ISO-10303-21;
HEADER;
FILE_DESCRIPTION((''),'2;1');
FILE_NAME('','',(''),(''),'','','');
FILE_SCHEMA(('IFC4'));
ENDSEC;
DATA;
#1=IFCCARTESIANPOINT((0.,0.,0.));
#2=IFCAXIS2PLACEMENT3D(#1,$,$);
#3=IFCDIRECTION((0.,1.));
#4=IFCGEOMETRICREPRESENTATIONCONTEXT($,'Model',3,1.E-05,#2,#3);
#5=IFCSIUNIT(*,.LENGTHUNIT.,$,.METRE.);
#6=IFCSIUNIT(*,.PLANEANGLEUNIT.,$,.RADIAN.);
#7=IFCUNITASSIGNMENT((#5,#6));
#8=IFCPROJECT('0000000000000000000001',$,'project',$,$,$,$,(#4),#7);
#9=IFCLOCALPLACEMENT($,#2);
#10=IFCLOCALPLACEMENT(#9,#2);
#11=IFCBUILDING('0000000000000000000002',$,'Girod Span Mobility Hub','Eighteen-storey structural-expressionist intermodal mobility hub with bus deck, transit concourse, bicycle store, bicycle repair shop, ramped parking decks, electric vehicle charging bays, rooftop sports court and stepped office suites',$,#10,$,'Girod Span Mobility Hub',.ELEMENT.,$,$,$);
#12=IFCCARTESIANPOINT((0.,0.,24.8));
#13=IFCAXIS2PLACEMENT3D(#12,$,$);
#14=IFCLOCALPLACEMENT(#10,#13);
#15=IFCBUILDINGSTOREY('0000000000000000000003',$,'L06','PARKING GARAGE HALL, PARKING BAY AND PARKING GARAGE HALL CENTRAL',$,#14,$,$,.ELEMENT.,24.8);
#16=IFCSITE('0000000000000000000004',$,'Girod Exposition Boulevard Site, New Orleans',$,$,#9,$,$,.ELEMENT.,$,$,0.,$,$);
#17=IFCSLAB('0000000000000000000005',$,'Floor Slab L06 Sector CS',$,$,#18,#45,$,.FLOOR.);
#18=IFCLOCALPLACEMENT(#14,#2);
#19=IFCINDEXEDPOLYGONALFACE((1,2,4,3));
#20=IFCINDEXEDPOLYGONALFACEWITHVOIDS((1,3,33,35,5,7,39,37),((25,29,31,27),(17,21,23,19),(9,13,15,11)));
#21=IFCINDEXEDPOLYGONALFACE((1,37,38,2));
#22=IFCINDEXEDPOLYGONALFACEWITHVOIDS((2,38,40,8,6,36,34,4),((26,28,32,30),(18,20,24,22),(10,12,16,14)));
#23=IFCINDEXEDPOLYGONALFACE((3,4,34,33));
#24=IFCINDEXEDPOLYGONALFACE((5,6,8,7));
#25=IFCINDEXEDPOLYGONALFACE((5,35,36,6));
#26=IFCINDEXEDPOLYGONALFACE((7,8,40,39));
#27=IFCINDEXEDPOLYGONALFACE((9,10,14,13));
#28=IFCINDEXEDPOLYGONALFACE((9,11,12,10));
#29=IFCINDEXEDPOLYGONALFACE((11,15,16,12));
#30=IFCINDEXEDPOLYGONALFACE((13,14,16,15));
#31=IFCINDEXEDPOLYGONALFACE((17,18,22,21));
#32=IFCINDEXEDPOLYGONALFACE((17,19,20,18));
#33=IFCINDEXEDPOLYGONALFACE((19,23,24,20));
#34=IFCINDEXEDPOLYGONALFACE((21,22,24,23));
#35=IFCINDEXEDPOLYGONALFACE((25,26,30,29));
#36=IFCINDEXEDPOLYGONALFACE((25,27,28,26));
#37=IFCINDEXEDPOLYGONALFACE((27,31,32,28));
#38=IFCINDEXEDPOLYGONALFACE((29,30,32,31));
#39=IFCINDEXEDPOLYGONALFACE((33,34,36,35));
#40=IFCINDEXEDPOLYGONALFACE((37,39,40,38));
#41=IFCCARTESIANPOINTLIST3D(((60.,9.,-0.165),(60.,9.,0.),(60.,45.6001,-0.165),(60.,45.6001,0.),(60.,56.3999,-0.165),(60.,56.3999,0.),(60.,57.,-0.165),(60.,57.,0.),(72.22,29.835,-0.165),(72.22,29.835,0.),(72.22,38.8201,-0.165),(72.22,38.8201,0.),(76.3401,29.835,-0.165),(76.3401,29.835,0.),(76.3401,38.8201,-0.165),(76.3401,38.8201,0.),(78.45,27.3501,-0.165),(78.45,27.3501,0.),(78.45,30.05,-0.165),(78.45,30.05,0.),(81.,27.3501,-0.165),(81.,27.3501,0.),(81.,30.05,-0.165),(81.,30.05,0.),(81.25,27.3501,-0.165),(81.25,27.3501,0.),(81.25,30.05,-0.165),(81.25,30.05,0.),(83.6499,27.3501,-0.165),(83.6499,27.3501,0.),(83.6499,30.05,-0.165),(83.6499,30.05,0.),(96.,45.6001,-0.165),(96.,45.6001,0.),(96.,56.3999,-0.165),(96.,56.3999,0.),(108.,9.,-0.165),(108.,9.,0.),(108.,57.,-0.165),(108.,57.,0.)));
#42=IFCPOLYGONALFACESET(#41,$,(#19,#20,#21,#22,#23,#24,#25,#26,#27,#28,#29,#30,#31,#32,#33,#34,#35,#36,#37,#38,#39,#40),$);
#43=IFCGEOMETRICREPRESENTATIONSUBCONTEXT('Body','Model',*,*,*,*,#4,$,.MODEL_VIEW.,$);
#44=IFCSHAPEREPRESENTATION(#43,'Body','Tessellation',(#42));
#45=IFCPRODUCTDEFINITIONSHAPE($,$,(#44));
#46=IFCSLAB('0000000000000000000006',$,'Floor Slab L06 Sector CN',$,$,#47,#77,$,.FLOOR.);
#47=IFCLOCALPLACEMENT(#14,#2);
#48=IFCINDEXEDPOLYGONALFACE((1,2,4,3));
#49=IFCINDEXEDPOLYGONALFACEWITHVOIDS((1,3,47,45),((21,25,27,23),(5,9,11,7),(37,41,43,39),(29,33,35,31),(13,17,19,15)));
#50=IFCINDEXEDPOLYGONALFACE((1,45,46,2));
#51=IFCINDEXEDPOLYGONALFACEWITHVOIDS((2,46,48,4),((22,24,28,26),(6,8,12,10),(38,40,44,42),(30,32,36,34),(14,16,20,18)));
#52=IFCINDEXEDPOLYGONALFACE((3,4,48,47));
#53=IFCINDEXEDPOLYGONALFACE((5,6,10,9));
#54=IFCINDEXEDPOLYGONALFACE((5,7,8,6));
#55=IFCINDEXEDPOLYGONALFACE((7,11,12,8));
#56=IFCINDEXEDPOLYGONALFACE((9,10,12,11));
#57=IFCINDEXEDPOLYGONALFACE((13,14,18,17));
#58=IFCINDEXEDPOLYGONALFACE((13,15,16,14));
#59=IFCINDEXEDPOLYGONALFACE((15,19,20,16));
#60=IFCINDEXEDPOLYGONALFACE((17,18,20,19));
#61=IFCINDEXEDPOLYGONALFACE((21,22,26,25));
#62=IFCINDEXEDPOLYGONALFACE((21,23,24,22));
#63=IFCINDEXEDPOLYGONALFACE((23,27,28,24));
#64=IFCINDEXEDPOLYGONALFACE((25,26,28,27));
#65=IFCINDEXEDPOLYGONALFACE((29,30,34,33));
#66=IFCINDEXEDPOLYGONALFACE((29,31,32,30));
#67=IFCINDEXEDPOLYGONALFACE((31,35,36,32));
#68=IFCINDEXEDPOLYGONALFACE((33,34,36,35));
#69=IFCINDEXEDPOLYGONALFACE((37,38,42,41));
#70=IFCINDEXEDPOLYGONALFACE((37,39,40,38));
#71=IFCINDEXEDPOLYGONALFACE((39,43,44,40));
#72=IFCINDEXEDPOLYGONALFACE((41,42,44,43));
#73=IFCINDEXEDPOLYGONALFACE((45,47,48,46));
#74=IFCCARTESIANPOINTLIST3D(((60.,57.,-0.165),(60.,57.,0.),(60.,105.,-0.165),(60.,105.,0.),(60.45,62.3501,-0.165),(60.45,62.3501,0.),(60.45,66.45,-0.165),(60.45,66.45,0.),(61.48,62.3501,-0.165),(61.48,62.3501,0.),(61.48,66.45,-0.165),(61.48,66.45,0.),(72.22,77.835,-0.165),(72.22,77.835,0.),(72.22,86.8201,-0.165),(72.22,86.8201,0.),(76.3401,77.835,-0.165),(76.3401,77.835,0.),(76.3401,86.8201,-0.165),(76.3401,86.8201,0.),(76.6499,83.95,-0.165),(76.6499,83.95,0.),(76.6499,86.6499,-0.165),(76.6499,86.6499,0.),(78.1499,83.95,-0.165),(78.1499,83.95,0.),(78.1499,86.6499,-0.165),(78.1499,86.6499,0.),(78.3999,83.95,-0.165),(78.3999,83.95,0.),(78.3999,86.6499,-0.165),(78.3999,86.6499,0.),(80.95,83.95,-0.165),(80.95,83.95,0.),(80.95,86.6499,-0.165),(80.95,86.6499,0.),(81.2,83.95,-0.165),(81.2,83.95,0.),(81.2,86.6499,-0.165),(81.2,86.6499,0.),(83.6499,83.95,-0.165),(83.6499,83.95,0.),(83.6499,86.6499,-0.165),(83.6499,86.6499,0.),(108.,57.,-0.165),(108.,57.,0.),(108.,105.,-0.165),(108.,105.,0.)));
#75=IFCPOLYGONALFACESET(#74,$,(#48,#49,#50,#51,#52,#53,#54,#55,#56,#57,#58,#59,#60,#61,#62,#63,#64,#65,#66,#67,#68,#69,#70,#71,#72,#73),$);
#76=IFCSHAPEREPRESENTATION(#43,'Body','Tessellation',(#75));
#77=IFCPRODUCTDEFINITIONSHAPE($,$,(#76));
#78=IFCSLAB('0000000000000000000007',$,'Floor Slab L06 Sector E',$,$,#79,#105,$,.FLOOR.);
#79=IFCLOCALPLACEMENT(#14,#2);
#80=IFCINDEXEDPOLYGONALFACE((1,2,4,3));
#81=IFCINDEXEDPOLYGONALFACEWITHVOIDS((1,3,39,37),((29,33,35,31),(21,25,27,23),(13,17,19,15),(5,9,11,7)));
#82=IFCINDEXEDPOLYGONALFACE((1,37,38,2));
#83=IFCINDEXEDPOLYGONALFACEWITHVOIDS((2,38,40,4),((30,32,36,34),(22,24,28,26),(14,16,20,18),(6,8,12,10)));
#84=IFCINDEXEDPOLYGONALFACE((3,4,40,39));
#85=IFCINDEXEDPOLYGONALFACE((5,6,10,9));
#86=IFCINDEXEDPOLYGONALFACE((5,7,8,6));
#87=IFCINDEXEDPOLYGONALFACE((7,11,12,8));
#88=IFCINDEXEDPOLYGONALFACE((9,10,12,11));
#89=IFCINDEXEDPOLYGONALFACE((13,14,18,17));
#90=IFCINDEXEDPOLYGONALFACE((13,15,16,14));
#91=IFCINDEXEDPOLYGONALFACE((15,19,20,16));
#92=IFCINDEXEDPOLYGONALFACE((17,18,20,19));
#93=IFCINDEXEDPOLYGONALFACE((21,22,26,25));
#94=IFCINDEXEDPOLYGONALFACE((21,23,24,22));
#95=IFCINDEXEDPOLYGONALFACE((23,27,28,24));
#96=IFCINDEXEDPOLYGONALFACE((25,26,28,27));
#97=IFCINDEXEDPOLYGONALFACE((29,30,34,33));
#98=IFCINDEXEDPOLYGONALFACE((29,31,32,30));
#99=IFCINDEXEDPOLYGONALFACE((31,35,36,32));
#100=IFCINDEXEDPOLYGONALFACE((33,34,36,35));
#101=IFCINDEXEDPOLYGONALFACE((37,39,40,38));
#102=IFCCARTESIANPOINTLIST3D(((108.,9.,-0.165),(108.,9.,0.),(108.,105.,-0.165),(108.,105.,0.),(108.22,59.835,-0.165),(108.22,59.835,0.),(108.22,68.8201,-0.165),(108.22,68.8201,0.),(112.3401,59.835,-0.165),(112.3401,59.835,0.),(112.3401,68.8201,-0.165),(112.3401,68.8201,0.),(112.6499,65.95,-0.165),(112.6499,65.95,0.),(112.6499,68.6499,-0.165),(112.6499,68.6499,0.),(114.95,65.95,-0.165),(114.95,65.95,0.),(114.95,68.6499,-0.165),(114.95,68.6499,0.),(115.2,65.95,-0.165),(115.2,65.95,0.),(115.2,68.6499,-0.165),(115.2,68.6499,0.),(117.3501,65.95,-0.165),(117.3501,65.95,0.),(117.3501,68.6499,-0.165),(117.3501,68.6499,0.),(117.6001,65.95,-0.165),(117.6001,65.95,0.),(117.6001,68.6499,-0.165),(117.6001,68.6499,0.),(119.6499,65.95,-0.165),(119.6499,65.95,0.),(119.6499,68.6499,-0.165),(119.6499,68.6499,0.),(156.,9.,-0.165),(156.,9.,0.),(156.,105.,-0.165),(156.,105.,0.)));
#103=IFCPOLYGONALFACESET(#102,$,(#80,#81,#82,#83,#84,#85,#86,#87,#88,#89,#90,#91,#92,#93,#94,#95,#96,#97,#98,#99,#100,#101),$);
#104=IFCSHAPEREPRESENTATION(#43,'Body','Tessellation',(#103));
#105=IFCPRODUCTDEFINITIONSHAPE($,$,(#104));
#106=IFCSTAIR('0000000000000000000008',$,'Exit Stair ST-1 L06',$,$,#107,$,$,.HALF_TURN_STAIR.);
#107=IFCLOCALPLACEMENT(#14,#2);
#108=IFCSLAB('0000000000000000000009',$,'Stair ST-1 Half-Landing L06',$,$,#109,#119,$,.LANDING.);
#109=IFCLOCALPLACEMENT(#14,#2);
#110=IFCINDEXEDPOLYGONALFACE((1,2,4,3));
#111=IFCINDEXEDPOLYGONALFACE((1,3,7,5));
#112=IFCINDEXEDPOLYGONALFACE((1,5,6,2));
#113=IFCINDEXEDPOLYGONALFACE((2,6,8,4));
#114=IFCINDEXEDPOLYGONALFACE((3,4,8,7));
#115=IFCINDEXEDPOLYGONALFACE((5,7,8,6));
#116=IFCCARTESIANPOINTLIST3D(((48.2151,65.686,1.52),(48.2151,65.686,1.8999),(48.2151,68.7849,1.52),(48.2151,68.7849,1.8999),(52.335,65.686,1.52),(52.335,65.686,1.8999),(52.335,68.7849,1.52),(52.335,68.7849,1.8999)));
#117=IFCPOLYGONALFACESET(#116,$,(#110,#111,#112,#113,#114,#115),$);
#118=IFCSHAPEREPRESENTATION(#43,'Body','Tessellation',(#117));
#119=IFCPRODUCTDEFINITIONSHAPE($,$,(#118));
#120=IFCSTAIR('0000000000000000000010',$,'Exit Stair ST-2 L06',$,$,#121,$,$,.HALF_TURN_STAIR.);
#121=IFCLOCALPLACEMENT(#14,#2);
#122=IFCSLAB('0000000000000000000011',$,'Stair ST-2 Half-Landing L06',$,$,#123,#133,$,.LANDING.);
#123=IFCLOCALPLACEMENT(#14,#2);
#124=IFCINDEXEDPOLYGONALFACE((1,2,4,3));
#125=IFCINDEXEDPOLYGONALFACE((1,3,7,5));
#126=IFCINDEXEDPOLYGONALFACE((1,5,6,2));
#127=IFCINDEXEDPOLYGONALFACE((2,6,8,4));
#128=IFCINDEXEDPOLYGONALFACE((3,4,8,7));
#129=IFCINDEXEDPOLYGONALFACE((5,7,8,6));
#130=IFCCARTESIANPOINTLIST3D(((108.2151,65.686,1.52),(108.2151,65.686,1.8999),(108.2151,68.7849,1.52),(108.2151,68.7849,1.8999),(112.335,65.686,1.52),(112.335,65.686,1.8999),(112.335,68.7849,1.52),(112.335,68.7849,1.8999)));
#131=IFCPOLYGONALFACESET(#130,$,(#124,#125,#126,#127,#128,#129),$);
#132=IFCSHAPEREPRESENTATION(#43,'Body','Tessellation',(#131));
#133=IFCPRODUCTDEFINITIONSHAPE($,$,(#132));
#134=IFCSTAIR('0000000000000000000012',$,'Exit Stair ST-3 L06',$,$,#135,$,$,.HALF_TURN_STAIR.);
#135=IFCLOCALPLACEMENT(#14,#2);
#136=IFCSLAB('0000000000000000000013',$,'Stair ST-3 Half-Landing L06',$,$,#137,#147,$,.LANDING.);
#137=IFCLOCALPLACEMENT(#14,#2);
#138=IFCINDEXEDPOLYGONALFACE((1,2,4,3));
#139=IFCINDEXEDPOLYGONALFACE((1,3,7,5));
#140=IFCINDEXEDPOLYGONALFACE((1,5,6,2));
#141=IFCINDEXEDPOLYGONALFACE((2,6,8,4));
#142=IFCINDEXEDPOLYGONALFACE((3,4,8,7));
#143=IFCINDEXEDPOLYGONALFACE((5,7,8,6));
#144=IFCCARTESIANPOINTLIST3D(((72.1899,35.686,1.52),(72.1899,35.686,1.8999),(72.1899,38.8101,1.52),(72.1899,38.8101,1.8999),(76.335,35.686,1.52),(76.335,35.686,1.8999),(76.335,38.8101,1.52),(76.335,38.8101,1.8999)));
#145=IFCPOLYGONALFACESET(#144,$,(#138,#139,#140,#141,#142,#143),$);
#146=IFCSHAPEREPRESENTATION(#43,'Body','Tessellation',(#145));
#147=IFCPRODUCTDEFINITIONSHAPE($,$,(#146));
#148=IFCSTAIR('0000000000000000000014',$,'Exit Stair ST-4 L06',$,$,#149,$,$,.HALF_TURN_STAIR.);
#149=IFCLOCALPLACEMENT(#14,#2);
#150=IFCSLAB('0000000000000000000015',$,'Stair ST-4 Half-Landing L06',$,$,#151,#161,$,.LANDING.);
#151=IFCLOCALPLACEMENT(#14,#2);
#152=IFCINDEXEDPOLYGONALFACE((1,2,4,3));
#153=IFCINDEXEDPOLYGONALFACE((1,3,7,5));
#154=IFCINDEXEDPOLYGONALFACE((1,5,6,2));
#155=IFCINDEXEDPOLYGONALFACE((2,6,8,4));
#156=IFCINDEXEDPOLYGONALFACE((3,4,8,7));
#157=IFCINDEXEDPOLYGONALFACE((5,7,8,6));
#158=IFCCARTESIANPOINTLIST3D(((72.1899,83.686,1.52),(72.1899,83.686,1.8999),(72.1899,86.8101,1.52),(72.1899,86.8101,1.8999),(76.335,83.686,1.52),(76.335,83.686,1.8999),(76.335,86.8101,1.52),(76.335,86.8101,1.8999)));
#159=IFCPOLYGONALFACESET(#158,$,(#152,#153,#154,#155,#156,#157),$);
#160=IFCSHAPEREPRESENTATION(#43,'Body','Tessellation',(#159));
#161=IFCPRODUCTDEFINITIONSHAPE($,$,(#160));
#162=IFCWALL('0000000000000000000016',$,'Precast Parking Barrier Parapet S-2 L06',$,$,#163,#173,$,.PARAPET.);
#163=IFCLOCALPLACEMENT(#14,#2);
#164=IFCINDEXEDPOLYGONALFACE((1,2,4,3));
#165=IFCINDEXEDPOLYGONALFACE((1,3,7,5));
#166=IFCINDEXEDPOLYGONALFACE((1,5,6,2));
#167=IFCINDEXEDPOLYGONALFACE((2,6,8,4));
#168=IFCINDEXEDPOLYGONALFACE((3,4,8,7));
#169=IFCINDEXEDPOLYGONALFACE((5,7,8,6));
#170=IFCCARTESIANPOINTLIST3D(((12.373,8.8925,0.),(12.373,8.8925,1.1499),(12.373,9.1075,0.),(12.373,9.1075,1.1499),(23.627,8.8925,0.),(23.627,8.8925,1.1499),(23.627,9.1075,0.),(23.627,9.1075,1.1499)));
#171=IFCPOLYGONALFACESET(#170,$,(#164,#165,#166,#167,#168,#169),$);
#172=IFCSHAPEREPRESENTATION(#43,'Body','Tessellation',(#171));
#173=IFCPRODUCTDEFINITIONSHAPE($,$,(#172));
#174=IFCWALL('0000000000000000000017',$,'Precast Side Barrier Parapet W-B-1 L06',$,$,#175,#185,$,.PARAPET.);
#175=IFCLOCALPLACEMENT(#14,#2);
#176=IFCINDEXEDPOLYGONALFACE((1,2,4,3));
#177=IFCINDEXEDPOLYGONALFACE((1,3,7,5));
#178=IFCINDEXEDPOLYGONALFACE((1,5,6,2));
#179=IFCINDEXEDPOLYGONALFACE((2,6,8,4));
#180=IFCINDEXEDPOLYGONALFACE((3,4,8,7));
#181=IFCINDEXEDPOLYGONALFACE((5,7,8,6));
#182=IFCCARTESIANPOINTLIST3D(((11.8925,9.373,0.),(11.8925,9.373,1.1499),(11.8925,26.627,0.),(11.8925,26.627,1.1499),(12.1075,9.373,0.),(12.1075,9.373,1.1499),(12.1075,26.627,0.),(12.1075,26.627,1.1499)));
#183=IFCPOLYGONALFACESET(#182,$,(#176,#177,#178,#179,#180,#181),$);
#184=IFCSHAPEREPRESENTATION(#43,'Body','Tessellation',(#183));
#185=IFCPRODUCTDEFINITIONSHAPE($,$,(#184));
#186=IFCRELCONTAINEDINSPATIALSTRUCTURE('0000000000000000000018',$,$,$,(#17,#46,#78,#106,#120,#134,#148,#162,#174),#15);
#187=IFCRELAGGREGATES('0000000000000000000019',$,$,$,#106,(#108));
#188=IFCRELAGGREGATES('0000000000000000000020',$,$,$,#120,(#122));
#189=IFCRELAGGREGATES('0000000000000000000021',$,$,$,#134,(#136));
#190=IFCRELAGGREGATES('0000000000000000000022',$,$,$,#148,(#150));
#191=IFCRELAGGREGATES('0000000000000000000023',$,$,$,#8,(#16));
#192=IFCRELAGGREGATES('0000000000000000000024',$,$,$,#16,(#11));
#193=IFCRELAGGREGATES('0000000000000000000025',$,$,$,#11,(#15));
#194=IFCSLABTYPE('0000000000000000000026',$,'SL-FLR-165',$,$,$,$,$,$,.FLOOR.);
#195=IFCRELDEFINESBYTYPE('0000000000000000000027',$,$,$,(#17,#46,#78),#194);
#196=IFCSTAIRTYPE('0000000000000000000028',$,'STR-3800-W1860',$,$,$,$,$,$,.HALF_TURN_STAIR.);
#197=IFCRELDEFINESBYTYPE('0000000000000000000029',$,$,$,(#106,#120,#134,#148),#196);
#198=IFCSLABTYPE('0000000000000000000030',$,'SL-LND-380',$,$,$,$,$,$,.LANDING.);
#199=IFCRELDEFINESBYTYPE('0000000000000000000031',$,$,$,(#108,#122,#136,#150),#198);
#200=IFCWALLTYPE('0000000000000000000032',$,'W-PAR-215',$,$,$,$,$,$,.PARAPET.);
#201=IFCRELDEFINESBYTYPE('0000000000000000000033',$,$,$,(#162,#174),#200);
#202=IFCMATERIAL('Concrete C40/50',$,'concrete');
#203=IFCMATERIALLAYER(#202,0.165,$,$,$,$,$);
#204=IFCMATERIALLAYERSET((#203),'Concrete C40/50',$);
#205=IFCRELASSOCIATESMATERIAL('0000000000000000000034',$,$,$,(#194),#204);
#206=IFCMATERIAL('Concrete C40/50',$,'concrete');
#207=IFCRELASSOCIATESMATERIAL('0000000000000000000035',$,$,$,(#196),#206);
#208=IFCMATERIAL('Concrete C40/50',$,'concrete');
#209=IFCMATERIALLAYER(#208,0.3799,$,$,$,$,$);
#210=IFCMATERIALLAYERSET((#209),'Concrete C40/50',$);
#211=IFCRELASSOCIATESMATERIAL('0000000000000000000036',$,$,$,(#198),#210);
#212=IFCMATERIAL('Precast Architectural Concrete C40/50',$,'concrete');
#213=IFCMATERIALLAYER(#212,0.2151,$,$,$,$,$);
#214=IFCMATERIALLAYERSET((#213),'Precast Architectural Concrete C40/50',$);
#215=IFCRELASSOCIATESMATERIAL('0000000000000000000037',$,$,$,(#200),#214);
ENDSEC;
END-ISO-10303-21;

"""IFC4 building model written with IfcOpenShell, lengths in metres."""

from ifc_helpers import new_model, si_unit, direction, frame, frame_2d, origin, place, context, subcontext, project, spatial, polyline, rectangle, outline, extrude, material, layer, layer_set, type_object, element, aggregate, save


model = new_model("IFC4")

# Units and contexts
model_context = context("Model", 3, precision=1e-05, world=origin(), true_north=direction((0.0, 1.0)))
body_context = subcontext(model_context, "Body", "Model", "MODEL_VIEW")
ifc_project = project(units=[si_unit("LENGTHUNIT", "METRE"), si_unit("PLANEANGLEUNIT", "RADIAN")], contexts=[model_context])

# Site, building, storey
site_placement = place(None, origin())
site = spatial("IfcSite", under=ifc_project, at=site_placement, Name="Girod Exposition Boulevard Site, New Orleans", CompositionType="ELEMENT", RefElevation=0.0)
building_placement = place(site_placement, origin())
building = spatial("IfcBuilding", under=site, at=building_placement, Name="Girod Span Mobility Hub", Description="Eighteen-storey structural-expressionist intermodal mobility hub with bus deck, transit concourse, bicycle store, bicycle repair shop, ramped parking decks, electric vehicle charging bays, rooftop sports court and stepped office suites", LongName="Girod Span Mobility Hub", CompositionType="ELEMENT")
storey_placement = place(building_placement, frame((0.0, 0.0, 24.8)))
storey = spatial("IfcBuildingStorey", under=building, at=storey_placement, Name="L06", Description="PARKING GARAGE HALL, PARKING BAY AND PARKING GARAGE HALL CENTRAL", CompositionType="ELEMENT", Elevation=24.8)

# Slabs
ifc_material_1 = material(Name="Concrete C40/50", Category="concrete")
ifc_layer_1 = layer(ifc_material_1, 0.165)
ifc_layer_set_1 = layer_set([ifc_layer_1], Name="Concrete C40/50")
slab_type_1 = type_object("IfcSlabType", Name="SL-FLR-165", PredefinedType="FLOOR", material=ifc_layer_set_1)
slab_1_placement = place(storey_placement, frame((0.0, 0.0, -0.165)))
element("IfcSlab", 1, at=slab_1_placement, inside=storey, type_object=slab_type_1, Name="Floor Slab L06 Sector CS", PredefinedType="FLOOR", context=body_context, shape_type="SweptSolid", body=[
    extrude(outline(polyline([(60.0, 9.0), (60.0, 45.6001), (96.0, 45.6001), (96.0, 56.3999), (60.0, 56.3999), (60.0, 57.0), (108.0, 57.0), (108.0, 9.0), (60.0, 9.0)]), holes=[polyline([(72.22, 38.8201), (72.22, 29.835), (76.3401, 29.835), (76.3401, 38.8201), (72.22, 38.8201)]), polyline([(78.45, 30.05), (78.45, 27.3501), (81.0, 27.3501), (81.0, 30.05), (78.45, 30.05)]), polyline([(81.25, 30.05), (81.25, 27.3501), (83.6499, 27.3501), (83.6499, 30.05), (81.25, 30.05)])]), origin(), (0.0, 0.0, 1.0), 0.165),
])
slab_2_placement = place(storey_placement, frame((0.0, 0.0, -0.165)))
element("IfcSlab", 2, at=slab_2_placement, inside=storey, type_object=slab_type_1, Name="Floor Slab L06 Sector CN", PredefinedType="FLOOR", context=body_context, shape_type="SweptSolid", body=[
    extrude(outline(polyline([(108.0, 105.0), (108.0, 57.0), (60.0, 57.0), (60.0, 105.0), (108.0, 105.0)]), holes=[polyline([(60.45, 66.45), (60.45, 62.3501), (61.48, 62.3501), (61.48, 66.45), (60.45, 66.45)]), polyline([(72.22, 86.8201), (72.22, 77.835), (76.3401, 77.835), (76.3401, 86.8201), (72.22, 86.8201)]), polyline([(76.6499, 86.6499), (76.6499, 83.95), (78.1499, 83.95), (78.1499, 86.6499), (76.6499, 86.6499)]), polyline([(80.95, 86.6499), (78.3999, 86.6499), (78.3999, 83.95), (80.95, 83.95), (80.95, 86.6499)]), polyline([(83.6499, 86.6499), (81.2, 86.6499), (81.2, 83.95), (83.6499, 83.95), (83.6499, 86.6499)])]), origin(), (0.0, 0.0, 1.0), 0.165),
])
slab_3_placement = place(storey_placement, frame((0.0, 0.0, -0.165)))
element("IfcSlab", 3, at=slab_3_placement, inside=storey, type_object=slab_type_1, Name="Floor Slab L06 Sector E", PredefinedType="FLOOR", context=body_context, shape_type="SweptSolid", body=[
    extrude(outline(polyline([(156.0, 105.0), (156.0, 9.0), (108.0, 9.0), (108.0, 105.0), (156.0, 105.0)]), holes=[polyline([(108.22, 68.8201), (108.22, 59.835), (112.3401, 59.835), (112.3401, 68.8201), (108.22, 68.8201)]), polyline([(112.6499, 68.6499), (112.6499, 65.95), (114.95, 65.95), (114.95, 68.6499), (112.6499, 68.6499)]), polyline([(115.2, 68.6499), (115.2, 65.95), (117.3501, 65.95), (117.3501, 68.6499), (115.2, 68.6499)]), polyline([(117.6001, 68.6499), (117.6001, 65.95), (119.6499, 65.95), (119.6499, 68.6499), (117.6001, 68.6499)])]), origin(), (0.0, 0.0, 1.0), 0.165),
])

# Stairs, slabs
ifc_material_2 = material(Name="Concrete C40/50", Category="concrete")
stair_type = type_object("IfcStairType", Name="STR-3800-W1860", PredefinedType="HALF_TURN_STAIR", material=ifc_material_2)
stair_1_placement = place(storey_placement, origin())
stair_1 = element("IfcStair", 4, at=stair_1_placement, inside=storey, type_object=stair_type, Name="Exit Stair ST-1 L06", PredefinedType="HALF_TURN_STAIR")
ifc_material_3 = material(Name="Concrete C40/50", Category="concrete")
ifc_layer_2 = layer(ifc_material_3, 0.3799)
ifc_layer_set_2 = layer_set([ifc_layer_2], Name="Concrete C40/50")
slab_type_2 = type_object("IfcSlabType", Name="SL-LND-380", PredefinedType="LANDING", material=ifc_layer_set_2)
slab_4_placement = place(storey_placement, frame((0.0, 0.0, 1.52)))
slab_4 = element("IfcSlab", 5, at=slab_4_placement, type_object=slab_type_2, Name="Stair ST-1 Half-Landing L06", PredefinedType="LANDING", context=body_context, shape_type="SweptSolid", body=[
    extrude(outline(polyline([(52.335, 65.686), (52.335, 68.7849), (48.2151, 68.7849), (48.2151, 65.686), (52.335, 65.686)])), origin(), (0.0, 0.0, 1.0), 0.3799),
])
aggregate(stair_1, [slab_4])
stair_2_placement = place(storey_placement, origin())
stair_2 = element("IfcStair", 6, at=stair_2_placement, inside=storey, type_object=stair_type, Name="Exit Stair ST-2 L06", PredefinedType="HALF_TURN_STAIR")
slab_5_placement = place(storey_placement, frame((0.0, 0.0, 1.52)))
slab_5 = element("IfcSlab", 7, at=slab_5_placement, type_object=slab_type_2, Name="Stair ST-2 Half-Landing L06", PredefinedType="LANDING", context=body_context, shape_type="SweptSolid", body=[
    extrude(outline(polyline([(112.335, 65.686), (112.335, 68.7849), (108.2151, 68.7849), (108.2151, 65.686), (112.335, 65.686)])), origin(), (0.0, 0.0, 1.0), 0.3799),
])
aggregate(stair_2, [slab_5])
stair_3_placement = place(storey_placement, origin())
stair_3 = element("IfcStair", 8, at=stair_3_placement, inside=storey, type_object=stair_type, Name="Exit Stair ST-3 L06", PredefinedType="HALF_TURN_STAIR")
slab_6_placement = place(storey_placement, frame((0.0, 0.0, 1.52)))
slab_6 = element("IfcSlab", 9, at=slab_6_placement, type_object=slab_type_2, Name="Stair ST-3 Half-Landing L06", PredefinedType="LANDING", context=body_context, shape_type="SweptSolid", body=[
    extrude(outline(polyline([(76.335, 35.686), (76.335, 38.8101), (72.1899, 38.8101), (72.1899, 35.686), (76.335, 35.686)])), origin(), (0.0, 0.0, 1.0), 0.3799),
])
aggregate(stair_3, [slab_6])
stair_4_placement = place(storey_placement, origin())
stair_4 = element("IfcStair", 10, at=stair_4_placement, inside=storey, type_object=stair_type, Name="Exit Stair ST-4 L06", PredefinedType="HALF_TURN_STAIR")
slab_7_placement = place(storey_placement, frame((0.0, 0.0, 1.52)))
slab_7 = element("IfcSlab", 11, at=slab_7_placement, type_object=slab_type_2, Name="Stair ST-4 Half-Landing L06", PredefinedType="LANDING", context=body_context, shape_type="SweptSolid", body=[
    extrude(outline(polyline([(76.335, 83.686), (76.335, 86.8101), (72.1899, 86.8101), (72.1899, 83.686), (76.335, 83.686)])), origin(), (0.0, 0.0, 1.0), 0.3799),
])
aggregate(stair_4, [slab_7])

# Walls
ifc_material_4 = material(Name="Precast Architectural Concrete C40/50", Category="concrete")
ifc_layer_3 = layer(ifc_material_4, 0.2151)
ifc_layer_set_3 = layer_set([ifc_layer_3], Name="Precast Architectural Concrete C40/50")
wall_type = type_object("IfcWallType", Name="W-PAR-215", PredefinedType="PARAPET", material=ifc_layer_set_3)
wall_1_placement = place(storey_placement, frame((12.373, 9.0, 0.0), z_axis=(0.0, 0.0, 1.0), x_axis=(1.0, 0.0, 0.0)))
element("IfcWall", 12, at=wall_1_placement, inside=storey, type_object=wall_type, Name="Precast Parking Barrier Parapet S-2 L06", PredefinedType="PARAPET", context=body_context, shape_type="SweptSolid", body=[
    extrude(rectangle(XDim=11.2539, YDim=0.2151, at=frame_2d((5.627, 0.0))), origin(), (0.0, 0.0, 1.0), 1.1499),
])
wall_2_placement = place(storey_placement, frame((12.0, 9.373, 0.0), z_axis=(0.0, 0.0, 1.0), x_axis=(0.0, 1.0, 0.0)))
element("IfcWall", 13, at=wall_2_placement, inside=storey, type_object=wall_type, Name="Precast Side Barrier Parapet W-B-1 L06", PredefinedType="PARAPET", context=body_context, shape_type="SweptSolid", body=[
    extrude(rectangle(XDim=17.2539, YDim=0.2151, at=frame_2d((8.627, 0.0))), origin(), (0.0, 0.0, 1.0), 1.1499),
])

save(model, "model.ifc")
